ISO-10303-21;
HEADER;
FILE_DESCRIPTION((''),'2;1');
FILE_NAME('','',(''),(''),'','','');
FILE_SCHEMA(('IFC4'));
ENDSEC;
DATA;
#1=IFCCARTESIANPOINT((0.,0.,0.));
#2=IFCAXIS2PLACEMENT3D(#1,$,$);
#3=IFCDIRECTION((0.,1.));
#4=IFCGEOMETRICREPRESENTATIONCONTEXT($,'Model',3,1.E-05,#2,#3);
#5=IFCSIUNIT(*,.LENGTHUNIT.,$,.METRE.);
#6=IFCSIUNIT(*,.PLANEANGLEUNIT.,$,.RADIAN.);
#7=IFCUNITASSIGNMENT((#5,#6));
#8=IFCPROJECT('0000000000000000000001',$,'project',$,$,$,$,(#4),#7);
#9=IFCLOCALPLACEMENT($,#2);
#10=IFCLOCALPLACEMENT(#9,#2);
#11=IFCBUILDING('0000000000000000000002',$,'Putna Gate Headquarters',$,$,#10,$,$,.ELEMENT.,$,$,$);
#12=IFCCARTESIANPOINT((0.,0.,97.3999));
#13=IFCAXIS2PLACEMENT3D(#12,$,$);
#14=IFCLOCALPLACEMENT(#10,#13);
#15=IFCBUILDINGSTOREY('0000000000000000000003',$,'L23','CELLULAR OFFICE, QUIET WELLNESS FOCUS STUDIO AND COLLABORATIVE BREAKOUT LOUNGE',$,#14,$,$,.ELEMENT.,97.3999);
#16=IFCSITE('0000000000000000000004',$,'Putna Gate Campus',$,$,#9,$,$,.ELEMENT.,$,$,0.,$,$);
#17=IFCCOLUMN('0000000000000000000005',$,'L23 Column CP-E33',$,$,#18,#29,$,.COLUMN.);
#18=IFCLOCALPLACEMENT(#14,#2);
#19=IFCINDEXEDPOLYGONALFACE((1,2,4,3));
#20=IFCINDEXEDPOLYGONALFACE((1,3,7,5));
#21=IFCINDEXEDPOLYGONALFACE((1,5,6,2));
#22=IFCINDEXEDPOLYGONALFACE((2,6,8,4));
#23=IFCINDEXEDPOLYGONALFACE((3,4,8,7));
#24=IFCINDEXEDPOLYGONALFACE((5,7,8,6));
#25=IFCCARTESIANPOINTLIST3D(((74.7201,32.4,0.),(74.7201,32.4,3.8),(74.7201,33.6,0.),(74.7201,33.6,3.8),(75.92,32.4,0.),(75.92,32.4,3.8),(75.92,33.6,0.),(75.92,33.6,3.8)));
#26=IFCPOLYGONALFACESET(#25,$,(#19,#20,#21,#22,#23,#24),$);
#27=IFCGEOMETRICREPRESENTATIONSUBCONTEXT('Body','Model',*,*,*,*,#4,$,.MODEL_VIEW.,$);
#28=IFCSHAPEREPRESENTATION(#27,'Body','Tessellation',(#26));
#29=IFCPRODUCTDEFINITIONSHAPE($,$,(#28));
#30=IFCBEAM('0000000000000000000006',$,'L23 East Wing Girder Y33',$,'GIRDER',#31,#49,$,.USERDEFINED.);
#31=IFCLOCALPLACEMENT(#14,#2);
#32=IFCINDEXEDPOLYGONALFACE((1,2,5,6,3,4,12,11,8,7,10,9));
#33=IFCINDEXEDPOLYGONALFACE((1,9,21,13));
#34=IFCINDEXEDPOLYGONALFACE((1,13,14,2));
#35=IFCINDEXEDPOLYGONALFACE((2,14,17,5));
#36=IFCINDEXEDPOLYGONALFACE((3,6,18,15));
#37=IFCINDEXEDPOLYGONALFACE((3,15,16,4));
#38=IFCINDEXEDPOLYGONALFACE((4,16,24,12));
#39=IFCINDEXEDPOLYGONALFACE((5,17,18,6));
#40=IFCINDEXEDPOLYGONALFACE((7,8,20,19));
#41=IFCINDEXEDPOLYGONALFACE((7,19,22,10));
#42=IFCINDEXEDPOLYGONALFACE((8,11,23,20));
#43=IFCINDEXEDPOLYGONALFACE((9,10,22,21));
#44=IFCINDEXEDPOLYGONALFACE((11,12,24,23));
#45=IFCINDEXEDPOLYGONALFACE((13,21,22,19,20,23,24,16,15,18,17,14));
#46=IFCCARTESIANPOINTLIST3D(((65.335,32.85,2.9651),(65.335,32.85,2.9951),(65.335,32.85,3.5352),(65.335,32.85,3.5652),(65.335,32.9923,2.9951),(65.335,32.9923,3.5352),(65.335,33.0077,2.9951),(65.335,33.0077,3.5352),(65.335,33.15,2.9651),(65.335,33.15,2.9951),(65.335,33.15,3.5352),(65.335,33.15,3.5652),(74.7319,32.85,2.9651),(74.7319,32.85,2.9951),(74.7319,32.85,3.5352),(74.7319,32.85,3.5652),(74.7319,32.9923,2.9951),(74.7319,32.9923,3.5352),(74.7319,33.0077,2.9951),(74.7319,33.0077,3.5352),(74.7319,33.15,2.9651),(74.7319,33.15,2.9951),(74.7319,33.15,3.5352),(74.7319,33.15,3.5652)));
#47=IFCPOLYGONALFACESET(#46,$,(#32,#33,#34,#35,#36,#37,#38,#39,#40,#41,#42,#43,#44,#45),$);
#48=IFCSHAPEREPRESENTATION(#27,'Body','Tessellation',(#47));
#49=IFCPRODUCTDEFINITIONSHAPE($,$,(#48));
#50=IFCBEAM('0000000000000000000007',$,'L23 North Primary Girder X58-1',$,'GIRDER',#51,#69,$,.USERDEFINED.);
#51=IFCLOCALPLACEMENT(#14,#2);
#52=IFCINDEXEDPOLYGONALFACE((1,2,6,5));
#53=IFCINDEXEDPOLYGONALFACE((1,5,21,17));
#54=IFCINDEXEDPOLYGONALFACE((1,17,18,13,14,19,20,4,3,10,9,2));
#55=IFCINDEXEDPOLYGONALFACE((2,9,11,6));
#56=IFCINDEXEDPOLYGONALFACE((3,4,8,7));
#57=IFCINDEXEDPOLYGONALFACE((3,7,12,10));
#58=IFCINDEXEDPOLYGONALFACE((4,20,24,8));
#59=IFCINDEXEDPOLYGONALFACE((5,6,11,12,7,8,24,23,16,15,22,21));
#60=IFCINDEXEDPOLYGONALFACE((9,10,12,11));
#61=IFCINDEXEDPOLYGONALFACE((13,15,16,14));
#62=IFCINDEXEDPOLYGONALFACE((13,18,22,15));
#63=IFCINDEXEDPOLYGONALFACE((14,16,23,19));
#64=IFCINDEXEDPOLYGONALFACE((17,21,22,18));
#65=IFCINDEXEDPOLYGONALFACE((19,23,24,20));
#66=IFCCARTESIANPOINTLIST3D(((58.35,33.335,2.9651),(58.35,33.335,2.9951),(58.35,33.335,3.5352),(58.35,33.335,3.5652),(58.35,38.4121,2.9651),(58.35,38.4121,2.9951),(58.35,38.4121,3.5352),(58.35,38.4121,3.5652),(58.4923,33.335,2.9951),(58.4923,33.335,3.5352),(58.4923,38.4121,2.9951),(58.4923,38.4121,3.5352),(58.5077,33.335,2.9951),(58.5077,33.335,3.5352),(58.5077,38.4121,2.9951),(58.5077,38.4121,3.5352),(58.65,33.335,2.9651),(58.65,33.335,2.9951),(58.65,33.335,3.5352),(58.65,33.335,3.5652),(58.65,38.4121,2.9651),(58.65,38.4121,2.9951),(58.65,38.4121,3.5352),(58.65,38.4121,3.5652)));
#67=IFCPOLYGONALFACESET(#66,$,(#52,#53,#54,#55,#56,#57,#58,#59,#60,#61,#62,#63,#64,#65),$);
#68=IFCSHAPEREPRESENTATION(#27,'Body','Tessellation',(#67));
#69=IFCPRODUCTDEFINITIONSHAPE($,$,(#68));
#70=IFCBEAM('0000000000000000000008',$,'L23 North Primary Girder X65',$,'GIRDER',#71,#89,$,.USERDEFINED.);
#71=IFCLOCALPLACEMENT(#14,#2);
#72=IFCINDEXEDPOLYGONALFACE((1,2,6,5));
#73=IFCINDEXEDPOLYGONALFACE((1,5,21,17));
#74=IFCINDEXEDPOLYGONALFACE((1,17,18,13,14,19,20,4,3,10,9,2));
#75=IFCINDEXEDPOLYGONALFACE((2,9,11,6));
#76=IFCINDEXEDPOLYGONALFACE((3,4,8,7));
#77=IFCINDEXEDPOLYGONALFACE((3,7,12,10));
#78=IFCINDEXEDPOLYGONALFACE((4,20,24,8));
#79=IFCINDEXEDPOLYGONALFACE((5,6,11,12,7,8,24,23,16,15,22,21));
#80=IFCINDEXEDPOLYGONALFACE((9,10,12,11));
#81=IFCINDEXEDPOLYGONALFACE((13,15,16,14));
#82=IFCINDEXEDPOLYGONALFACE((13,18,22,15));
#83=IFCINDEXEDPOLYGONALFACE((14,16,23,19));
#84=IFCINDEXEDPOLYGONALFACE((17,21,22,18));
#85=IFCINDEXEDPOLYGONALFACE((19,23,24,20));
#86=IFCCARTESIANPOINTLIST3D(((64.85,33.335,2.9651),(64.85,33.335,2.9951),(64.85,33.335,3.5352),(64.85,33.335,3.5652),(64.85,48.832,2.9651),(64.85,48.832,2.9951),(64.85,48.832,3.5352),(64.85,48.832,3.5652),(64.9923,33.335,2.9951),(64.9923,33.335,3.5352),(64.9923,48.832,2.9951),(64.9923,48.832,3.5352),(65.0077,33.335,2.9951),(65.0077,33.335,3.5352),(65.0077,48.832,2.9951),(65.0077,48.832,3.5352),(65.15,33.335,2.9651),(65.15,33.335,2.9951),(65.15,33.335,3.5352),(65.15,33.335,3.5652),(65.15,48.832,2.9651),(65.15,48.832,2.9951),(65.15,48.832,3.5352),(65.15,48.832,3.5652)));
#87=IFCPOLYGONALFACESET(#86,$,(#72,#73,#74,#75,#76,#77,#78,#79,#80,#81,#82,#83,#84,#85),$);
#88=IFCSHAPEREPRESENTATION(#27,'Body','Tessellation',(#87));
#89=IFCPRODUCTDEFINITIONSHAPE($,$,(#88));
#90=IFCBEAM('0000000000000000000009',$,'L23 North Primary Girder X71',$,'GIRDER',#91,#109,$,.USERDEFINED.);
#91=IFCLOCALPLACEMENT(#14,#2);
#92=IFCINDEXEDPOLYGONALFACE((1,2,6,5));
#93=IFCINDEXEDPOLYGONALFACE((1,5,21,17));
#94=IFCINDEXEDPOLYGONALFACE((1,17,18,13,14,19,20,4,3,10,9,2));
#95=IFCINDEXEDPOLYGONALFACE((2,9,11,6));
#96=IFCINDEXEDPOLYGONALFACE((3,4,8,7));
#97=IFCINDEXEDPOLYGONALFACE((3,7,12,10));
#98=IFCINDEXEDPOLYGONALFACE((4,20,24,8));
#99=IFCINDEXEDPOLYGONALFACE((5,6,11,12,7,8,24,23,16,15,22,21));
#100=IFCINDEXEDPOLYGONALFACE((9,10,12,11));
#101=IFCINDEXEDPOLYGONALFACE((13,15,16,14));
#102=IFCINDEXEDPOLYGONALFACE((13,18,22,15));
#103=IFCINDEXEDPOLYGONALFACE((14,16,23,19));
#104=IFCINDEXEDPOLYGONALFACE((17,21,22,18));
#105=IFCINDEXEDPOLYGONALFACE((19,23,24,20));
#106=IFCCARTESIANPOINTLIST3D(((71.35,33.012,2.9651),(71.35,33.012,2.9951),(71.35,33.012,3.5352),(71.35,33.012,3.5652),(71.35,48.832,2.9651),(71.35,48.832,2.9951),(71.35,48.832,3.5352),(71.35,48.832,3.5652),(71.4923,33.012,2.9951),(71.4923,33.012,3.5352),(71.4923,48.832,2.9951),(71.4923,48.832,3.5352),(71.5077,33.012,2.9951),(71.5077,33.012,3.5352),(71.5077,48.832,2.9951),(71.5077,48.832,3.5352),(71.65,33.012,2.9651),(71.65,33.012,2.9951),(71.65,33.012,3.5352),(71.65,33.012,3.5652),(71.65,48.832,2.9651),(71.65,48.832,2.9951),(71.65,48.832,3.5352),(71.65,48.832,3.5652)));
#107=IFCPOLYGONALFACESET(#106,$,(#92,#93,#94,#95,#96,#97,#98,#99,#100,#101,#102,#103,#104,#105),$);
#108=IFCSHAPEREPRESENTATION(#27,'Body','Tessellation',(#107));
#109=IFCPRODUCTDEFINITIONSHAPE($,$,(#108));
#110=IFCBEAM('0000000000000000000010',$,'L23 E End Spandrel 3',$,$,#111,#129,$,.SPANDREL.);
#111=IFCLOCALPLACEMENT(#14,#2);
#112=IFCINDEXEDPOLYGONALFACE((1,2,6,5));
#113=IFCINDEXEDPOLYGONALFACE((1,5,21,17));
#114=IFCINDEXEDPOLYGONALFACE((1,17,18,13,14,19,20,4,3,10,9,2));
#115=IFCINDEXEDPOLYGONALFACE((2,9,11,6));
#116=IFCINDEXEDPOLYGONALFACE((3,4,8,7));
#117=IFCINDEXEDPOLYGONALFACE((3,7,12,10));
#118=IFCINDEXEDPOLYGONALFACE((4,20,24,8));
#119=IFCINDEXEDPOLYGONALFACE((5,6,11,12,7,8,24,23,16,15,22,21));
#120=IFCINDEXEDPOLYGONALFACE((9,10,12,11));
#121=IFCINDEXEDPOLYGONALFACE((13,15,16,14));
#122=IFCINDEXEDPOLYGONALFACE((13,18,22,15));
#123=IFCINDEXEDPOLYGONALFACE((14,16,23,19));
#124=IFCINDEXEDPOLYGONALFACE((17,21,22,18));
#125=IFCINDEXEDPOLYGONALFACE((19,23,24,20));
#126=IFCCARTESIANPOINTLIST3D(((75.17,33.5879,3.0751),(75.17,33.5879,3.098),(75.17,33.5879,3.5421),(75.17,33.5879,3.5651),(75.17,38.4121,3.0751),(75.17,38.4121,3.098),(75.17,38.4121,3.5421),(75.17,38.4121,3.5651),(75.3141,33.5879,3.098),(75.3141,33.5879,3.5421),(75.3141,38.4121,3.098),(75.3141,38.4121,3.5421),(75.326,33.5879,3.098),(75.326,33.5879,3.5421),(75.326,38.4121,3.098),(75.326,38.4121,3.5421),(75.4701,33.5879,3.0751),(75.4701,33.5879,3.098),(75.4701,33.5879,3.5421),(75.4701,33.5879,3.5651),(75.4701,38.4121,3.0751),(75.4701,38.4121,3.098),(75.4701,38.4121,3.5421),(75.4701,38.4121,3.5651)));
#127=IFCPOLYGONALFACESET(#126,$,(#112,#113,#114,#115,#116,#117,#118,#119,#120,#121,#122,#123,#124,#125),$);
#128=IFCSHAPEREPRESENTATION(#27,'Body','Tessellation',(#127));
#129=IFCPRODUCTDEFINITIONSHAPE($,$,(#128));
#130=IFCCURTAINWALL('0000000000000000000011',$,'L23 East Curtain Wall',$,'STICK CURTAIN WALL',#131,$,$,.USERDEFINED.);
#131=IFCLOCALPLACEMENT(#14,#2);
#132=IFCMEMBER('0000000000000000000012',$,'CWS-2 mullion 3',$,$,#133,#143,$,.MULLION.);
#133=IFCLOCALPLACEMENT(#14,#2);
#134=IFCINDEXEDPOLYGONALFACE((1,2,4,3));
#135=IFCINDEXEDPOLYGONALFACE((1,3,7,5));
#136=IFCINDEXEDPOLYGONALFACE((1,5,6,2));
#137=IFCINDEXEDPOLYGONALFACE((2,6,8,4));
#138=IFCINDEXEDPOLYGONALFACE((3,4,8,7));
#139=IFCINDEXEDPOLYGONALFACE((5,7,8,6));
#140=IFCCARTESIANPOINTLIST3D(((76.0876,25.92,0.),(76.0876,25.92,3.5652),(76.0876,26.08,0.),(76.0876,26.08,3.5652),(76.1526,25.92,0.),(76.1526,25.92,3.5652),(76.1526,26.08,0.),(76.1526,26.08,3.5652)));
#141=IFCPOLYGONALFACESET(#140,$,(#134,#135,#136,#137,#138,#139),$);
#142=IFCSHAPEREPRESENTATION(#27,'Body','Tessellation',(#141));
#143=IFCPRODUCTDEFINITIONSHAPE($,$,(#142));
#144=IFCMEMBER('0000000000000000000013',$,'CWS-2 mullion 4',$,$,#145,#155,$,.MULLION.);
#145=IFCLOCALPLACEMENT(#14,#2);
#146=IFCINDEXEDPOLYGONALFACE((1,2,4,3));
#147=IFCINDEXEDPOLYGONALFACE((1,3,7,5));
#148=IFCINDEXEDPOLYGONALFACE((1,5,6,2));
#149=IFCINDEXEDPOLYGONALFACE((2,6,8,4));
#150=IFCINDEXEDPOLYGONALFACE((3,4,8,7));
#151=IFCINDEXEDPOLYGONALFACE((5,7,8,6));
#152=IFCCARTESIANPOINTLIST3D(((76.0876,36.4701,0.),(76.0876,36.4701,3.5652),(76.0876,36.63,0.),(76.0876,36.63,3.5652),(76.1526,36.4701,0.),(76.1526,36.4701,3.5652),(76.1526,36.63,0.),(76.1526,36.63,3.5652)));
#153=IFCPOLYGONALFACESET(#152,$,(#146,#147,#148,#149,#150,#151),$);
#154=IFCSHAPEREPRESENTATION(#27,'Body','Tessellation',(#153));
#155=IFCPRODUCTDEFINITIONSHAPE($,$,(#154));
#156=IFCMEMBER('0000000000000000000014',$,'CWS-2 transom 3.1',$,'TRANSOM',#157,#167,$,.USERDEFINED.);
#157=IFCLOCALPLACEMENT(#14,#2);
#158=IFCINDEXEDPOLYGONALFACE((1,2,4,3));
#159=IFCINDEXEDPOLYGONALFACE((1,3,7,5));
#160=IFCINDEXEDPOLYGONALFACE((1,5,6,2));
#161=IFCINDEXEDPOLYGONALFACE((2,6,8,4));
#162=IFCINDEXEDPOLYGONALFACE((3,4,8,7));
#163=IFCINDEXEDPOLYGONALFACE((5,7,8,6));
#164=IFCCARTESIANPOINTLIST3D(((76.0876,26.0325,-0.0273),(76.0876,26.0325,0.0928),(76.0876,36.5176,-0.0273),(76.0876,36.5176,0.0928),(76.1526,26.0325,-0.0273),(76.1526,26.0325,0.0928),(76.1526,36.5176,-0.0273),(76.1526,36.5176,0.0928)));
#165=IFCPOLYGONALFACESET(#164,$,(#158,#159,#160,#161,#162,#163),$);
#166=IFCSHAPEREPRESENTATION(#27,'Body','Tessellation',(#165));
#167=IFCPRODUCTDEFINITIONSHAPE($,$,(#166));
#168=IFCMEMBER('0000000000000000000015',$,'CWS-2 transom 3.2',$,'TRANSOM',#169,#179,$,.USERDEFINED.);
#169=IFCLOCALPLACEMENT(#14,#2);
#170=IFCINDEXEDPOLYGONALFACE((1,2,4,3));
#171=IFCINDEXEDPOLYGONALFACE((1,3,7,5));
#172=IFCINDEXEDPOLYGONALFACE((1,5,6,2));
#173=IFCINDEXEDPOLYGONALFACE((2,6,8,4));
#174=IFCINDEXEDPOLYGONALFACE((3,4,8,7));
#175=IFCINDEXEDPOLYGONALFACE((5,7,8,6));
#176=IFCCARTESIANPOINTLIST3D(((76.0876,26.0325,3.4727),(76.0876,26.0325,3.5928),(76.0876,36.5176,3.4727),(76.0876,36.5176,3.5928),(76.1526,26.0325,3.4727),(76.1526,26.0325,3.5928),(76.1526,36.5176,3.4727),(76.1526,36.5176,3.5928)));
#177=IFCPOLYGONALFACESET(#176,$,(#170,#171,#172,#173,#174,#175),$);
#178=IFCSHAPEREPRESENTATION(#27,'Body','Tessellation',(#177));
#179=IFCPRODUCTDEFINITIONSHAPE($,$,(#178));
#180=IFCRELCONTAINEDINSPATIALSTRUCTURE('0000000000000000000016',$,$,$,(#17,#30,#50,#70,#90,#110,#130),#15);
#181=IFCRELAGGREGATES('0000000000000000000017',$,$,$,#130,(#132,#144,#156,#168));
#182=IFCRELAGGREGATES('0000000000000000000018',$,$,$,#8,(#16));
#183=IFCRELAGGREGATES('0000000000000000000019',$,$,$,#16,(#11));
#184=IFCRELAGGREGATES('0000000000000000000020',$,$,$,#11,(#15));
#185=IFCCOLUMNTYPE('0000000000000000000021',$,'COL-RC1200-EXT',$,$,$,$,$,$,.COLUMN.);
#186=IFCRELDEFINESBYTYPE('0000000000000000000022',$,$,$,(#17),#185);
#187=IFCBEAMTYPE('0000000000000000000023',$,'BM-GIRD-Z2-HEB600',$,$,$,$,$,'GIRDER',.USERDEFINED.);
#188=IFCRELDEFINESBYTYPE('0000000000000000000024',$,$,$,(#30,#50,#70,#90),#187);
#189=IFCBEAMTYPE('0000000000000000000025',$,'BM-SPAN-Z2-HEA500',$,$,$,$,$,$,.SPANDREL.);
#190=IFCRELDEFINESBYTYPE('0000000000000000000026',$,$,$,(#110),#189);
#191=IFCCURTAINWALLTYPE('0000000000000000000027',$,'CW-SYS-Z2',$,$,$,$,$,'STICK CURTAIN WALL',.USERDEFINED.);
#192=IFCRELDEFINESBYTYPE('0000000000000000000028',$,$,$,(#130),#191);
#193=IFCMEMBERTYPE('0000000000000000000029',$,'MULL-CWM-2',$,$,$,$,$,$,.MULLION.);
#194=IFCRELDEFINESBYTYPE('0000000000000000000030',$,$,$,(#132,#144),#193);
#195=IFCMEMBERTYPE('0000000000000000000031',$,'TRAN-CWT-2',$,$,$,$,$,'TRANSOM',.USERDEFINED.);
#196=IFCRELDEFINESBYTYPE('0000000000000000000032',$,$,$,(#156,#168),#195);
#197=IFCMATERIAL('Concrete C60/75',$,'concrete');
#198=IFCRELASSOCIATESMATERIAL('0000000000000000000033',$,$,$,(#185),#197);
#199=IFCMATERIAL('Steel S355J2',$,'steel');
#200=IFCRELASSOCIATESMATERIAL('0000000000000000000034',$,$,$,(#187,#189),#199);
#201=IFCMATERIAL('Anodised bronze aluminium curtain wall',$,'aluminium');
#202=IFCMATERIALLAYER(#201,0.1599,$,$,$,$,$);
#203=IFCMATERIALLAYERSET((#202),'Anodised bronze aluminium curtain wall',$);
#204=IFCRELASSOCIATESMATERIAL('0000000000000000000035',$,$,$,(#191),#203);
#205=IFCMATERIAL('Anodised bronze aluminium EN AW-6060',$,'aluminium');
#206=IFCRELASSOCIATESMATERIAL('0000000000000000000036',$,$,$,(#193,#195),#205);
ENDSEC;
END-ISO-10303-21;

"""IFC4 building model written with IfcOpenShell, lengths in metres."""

from ifc_helpers import new_model, si_unit, direction, frame, origin, origin_2d, place, context, subcontext, project, spatial, rectangle, i_section, extrude, material, layer, layer_set, material_profile, profile_set, type_object, element, aggregate, save


model = new_model("IFC4")

# Units and contexts
model_context = context("Model", 3, precision=1e-05, world=origin(), true_north=direction((0.0, 1.0)))
body_context = subcontext(model_context, "Body", "Model", "MODEL_VIEW")
ifc_project = project(units=[si_unit("LENGTHUNIT", "METRE"), si_unit("PLANEANGLEUNIT", "RADIAN")], contexts=[model_context])

# Site, building, storey
site_placement = place(None, origin())
site = spatial("IfcSite", under=ifc_project, at=site_placement, Name="Putna Gate Campus", CompositionType="ELEMENT", RefElevation=0.0)
building_placement = place(site_placement, origin())
building = spatial("IfcBuilding", under=site, at=building_placement, Name="Putna Gate Headquarters", CompositionType="ELEMENT")
storey_placement = place(building_placement, frame((0.0, 0.0, 97.3999)))
storey = spatial("IfcBuildingStorey", under=building, at=storey_placement, Name="L23", Description="CELLULAR OFFICE, QUIET WELLNESS FOCUS STUDIO AND COLLABORATIVE BREAKOUT LOUNGE", CompositionType="ELEMENT", Elevation=97.3999)

# Column
ifc_material_1 = material(Name="Concrete C60/75", Category="concrete")
ifc_material_profile_1 = material_profile(ifc_material_1, rectangle(XDim=1.2, YDim=1.2, at=origin_2d()), Name="Concrete C60/75")
ifc_profile_set_1 = profile_set([ifc_material_profile_1], Name="Concrete C60/75")
column_type = type_object("IfcColumnType", Name="COL-RC1200-EXT", PredefinedType="COLUMN", material=ifc_profile_set_1)
column_placement = place(storey_placement, frame((75.3201, 33.0, 0.0), z_axis=(0.0, 0.0, 1.0), x_axis=(1.0, 0.0, 0.0)))
element("IfcColumn", 1, at=column_placement, inside=storey, type_object=column_type, Name="L23 Column CP-E33", PredefinedType="COLUMN", context=body_context, shape_type="SweptSolid", body=[
    extrude(rectangle(XDim=1.2, YDim=1.2, at=origin_2d()), origin(), (0.0, 0.0, 1.0), 3.8),
])

# Beams
ifc_material_2 = material(Name="Steel S355J2", Category="steel")
ifc_material_profile_2 = material_profile(ifc_material_2, i_section(OverallWidth=0.3, OverallDepth=0.6001, WebThickness=0.0154, FlangeThickness=0.03, at=origin_2d()), Name="Steel S355J2")
ifc_profile_set_2 = profile_set([ifc_material_profile_2], Name="Steel S355J2")
beam_type_1 = type_object("IfcBeamType", Name="BM-GIRD-Z2-HEB600", ElementType="GIRDER", PredefinedType="USERDEFINED", material=ifc_profile_set_2)
beam_1_placement = place(storey_placement, frame((65.335, 33.0, 3.2651), z_axis=(1.0, 0.0, 0.0), x_axis=(0.0, 1.0, 0.0)))
element("IfcBeam", 2, at=beam_1_placement, inside=storey, type_object=beam_type_1, Name="L23 East Wing Girder Y33", ObjectType="GIRDER", PredefinedType="USERDEFINED", context=body_context, shape_type="SweptSolid", body=[
    extrude(i_section(OverallWidth=0.3, OverallDepth=0.6001, WebThickness=0.0154, FlangeThickness=0.03, at=origin_2d()), origin(), (0.0, 0.0, 1.0), 9.397),
])
beam_2_placement = place(storey_placement, frame((58.5, 33.335, 3.2651), z_axis=(0.0, 1.0, 0.0), x_axis=(-1.0, 0.0, 0.0)))
element("IfcBeam", 3, at=beam_2_placement, inside=storey, type_object=beam_type_1, Name="L23 North Primary Girder X58-1", ObjectType="GIRDER", PredefinedType="USERDEFINED", context=body_context, shape_type="SweptSolid", body=[
    extrude(i_section(OverallWidth=0.3, OverallDepth=0.6001, WebThickness=0.0154, FlangeThickness=0.03, at=origin_2d()), origin(), (0.0, 0.0, 1.0), 5.0771),
])
beam_3_placement = place(storey_placement, frame((65.0, 33.335, 3.2651), z_axis=(0.0, 1.0, 0.0), x_axis=(-1.0, 0.0, 0.0)))
element("IfcBeam", 4, at=beam_3_placement, inside=storey, type_object=beam_type_1, Name="L23 North Primary Girder X65", ObjectType="GIRDER", PredefinedType="USERDEFINED", context=body_context, shape_type="SweptSolid", body=[
    extrude(i_section(OverallWidth=0.3, OverallDepth=0.6001, WebThickness=0.0154, FlangeThickness=0.03, at=origin_2d()), origin(), (0.0, 0.0, 1.0), 15.4971),
])
beam_4_placement = place(storey_placement, frame((71.5, 33.012, 3.2651), z_axis=(0.0, 1.0, 0.0), x_axis=(-1.0, 0.0, 0.0)))
element("IfcBeam", 5, at=beam_4_placement, inside=storey, type_object=beam_type_1, Name="L23 North Primary Girder X71", ObjectType="GIRDER", PredefinedType="USERDEFINED", context=body_context, shape_type="SweptSolid", body=[
    extrude(i_section(OverallWidth=0.3, OverallDepth=0.6001, WebThickness=0.0154, FlangeThickness=0.03, at=origin_2d()), origin(), (0.0, 0.0, 1.0), 15.8201),
])
ifc_material_profile_3 = material_profile(ifc_material_2, i_section(OverallWidth=0.3, OverallDepth=0.49, WebThickness=0.012, FlangeThickness=0.0229, at=origin_2d()), Name="Steel S355J2")
ifc_profile_set_3 = profile_set([ifc_material_profile_3], Name="Steel S355J2")
beam_type_2 = type_object("IfcBeamType", Name="BM-SPAN-Z2-HEA500", PredefinedType="SPANDREL", material=ifc_profile_set_3)
beam_5_placement = place(storey_placement, frame((75.3201, 33.5879, 3.3201), z_axis=(0.0, 1.0, 0.0), x_axis=(-1.0, 0.0, 0.0)))
element("IfcBeam", 6, at=beam_5_placement, inside=storey, type_object=beam_type_2, Name="L23 E End Spandrel 3", PredefinedType="SPANDREL", context=body_context, shape_type="SweptSolid", body=[
    extrude(i_section(OverallWidth=0.3, OverallDepth=0.49, WebThickness=0.012, FlangeThickness=0.0229, at=origin_2d()), origin(), (0.0, 0.0, 1.0), 4.8242),
])

# Curtain wall, members
ifc_material_3 = material(Name="Anodised bronze aluminium curtain wall", Category="aluminium")
ifc_layer_1 = layer(ifc_material_3, 0.1599)
ifc_layer_set_1 = layer_set([ifc_layer_1], Name="Anodised bronze aluminium curtain wall")
curtain_wall_type = type_object("IfcCurtainWallType", Name="CW-SYS-Z2", ElementType="STICK CURTAIN WALL", PredefinedType="USERDEFINED", material=ifc_layer_set_1)
curtain_wall_placement = place(storey_placement, origin())
curtain_wall = element("IfcCurtainWall", 7, at=curtain_wall_placement, inside=storey, type_object=curtain_wall_type, Name="L23 East Curtain Wall", ObjectType="STICK CURTAIN WALL", PredefinedType="USERDEFINED")
ifc_material_4 = material(Name="Anodised bronze aluminium EN AW-6060", Category="aluminium")
ifc_material_profile_4 = material_profile(ifc_material_4, rectangle(XDim=0.0649, YDim=0.1599, at=origin_2d()), Name="Anodised bronze aluminium EN AW-6060")
ifc_profile_set_4 = profile_set([ifc_material_profile_4], Name="Anodised bronze aluminium EN AW-6060")
member_type_1 = type_object("IfcMemberType", Name="MULL-CWM-2", PredefinedType="MULLION", material=ifc_profile_set_4)
member_1_placement = place(storey_placement, frame((76.1201, 26.0, 0.0), z_axis=(0.0, 0.0, 1.0), x_axis=(-1.0, 0.0, 0.0)))
member_1 = element("IfcMember", 8, at=member_1_placement, type_object=member_type_1, Name="CWS-2 mullion 3", PredefinedType="MULLION", context=body_context, shape_type="SweptSolid", body=[
    extrude(rectangle(XDim=0.0649, YDim=0.1599, at=origin_2d()), origin(), (0.0, 0.0, 1.0), 3.5652),
])
member_2_placement = place(storey_placement, frame((76.1201, 36.55, 0.0), z_axis=(0.0, 0.0, 1.0), x_axis=(-1.0, 0.0, 0.0)))
member_2 = element("IfcMember", 9, at=member_2_placement, type_object=member_type_1, Name="CWS-2 mullion 4", PredefinedType="MULLION", context=body_context, shape_type="SweptSolid", body=[
    extrude(rectangle(XDim=0.0649, YDim=0.1599, at=origin_2d()), origin(), (0.0, 0.0, 1.0), 3.5652),
])
ifc_material_profile_5 = material_profile(ifc_material_4, rectangle(XDim=0.0649, YDim=0.1201, at=origin_2d()), Name="Anodised bronze aluminium EN AW-6060")
ifc_profile_set_5 = profile_set([ifc_material_profile_5], Name="Anodised bronze aluminium EN AW-6060")
member_type_2 = type_object("IfcMemberType", Name="TRAN-CWT-2", ElementType="TRANSOM", PredefinedType="USERDEFINED", material=ifc_profile_set_5)
member_3_placement = place(storey_placement, frame((76.1201, 26.0325, 0.0327), z_axis=(0.0, 1.0, 0.0), x_axis=(-1.0, 0.0, 0.0)))
member_3 = element("IfcMember", 10, at=member_3_placement, type_object=member_type_2, Name="CWS-2 transom 3.1", ObjectType="TRANSOM", PredefinedType="USERDEFINED", context=body_context, shape_type="SweptSolid", body=[
    extrude(rectangle(XDim=0.0649, YDim=0.1201, at=origin_2d()), origin(), (0.0, 0.0, 1.0), 10.4851),
])
member_4_placement = place(storey_placement, frame((76.1201, 26.0325, 3.5327), z_axis=(0.0, 1.0, 0.0), x_axis=(-1.0, 0.0, 0.0)))
member_4 = element("IfcMember", 11, at=member_4_placement, type_object=member_type_2, Name="CWS-2 transom 3.2", ObjectType="TRANSOM", PredefinedType="USERDEFINED", context=body_context, shape_type="SweptSolid", body=[
    extrude(rectangle(XDim=0.0649, YDim=0.1201, at=origin_2d()), origin(), (0.0, 0.0, 1.0), 10.4851),
])
aggregate(curtain_wall, [member_1, member_2, member_3, member_4])

save(model, "model.ifc")
